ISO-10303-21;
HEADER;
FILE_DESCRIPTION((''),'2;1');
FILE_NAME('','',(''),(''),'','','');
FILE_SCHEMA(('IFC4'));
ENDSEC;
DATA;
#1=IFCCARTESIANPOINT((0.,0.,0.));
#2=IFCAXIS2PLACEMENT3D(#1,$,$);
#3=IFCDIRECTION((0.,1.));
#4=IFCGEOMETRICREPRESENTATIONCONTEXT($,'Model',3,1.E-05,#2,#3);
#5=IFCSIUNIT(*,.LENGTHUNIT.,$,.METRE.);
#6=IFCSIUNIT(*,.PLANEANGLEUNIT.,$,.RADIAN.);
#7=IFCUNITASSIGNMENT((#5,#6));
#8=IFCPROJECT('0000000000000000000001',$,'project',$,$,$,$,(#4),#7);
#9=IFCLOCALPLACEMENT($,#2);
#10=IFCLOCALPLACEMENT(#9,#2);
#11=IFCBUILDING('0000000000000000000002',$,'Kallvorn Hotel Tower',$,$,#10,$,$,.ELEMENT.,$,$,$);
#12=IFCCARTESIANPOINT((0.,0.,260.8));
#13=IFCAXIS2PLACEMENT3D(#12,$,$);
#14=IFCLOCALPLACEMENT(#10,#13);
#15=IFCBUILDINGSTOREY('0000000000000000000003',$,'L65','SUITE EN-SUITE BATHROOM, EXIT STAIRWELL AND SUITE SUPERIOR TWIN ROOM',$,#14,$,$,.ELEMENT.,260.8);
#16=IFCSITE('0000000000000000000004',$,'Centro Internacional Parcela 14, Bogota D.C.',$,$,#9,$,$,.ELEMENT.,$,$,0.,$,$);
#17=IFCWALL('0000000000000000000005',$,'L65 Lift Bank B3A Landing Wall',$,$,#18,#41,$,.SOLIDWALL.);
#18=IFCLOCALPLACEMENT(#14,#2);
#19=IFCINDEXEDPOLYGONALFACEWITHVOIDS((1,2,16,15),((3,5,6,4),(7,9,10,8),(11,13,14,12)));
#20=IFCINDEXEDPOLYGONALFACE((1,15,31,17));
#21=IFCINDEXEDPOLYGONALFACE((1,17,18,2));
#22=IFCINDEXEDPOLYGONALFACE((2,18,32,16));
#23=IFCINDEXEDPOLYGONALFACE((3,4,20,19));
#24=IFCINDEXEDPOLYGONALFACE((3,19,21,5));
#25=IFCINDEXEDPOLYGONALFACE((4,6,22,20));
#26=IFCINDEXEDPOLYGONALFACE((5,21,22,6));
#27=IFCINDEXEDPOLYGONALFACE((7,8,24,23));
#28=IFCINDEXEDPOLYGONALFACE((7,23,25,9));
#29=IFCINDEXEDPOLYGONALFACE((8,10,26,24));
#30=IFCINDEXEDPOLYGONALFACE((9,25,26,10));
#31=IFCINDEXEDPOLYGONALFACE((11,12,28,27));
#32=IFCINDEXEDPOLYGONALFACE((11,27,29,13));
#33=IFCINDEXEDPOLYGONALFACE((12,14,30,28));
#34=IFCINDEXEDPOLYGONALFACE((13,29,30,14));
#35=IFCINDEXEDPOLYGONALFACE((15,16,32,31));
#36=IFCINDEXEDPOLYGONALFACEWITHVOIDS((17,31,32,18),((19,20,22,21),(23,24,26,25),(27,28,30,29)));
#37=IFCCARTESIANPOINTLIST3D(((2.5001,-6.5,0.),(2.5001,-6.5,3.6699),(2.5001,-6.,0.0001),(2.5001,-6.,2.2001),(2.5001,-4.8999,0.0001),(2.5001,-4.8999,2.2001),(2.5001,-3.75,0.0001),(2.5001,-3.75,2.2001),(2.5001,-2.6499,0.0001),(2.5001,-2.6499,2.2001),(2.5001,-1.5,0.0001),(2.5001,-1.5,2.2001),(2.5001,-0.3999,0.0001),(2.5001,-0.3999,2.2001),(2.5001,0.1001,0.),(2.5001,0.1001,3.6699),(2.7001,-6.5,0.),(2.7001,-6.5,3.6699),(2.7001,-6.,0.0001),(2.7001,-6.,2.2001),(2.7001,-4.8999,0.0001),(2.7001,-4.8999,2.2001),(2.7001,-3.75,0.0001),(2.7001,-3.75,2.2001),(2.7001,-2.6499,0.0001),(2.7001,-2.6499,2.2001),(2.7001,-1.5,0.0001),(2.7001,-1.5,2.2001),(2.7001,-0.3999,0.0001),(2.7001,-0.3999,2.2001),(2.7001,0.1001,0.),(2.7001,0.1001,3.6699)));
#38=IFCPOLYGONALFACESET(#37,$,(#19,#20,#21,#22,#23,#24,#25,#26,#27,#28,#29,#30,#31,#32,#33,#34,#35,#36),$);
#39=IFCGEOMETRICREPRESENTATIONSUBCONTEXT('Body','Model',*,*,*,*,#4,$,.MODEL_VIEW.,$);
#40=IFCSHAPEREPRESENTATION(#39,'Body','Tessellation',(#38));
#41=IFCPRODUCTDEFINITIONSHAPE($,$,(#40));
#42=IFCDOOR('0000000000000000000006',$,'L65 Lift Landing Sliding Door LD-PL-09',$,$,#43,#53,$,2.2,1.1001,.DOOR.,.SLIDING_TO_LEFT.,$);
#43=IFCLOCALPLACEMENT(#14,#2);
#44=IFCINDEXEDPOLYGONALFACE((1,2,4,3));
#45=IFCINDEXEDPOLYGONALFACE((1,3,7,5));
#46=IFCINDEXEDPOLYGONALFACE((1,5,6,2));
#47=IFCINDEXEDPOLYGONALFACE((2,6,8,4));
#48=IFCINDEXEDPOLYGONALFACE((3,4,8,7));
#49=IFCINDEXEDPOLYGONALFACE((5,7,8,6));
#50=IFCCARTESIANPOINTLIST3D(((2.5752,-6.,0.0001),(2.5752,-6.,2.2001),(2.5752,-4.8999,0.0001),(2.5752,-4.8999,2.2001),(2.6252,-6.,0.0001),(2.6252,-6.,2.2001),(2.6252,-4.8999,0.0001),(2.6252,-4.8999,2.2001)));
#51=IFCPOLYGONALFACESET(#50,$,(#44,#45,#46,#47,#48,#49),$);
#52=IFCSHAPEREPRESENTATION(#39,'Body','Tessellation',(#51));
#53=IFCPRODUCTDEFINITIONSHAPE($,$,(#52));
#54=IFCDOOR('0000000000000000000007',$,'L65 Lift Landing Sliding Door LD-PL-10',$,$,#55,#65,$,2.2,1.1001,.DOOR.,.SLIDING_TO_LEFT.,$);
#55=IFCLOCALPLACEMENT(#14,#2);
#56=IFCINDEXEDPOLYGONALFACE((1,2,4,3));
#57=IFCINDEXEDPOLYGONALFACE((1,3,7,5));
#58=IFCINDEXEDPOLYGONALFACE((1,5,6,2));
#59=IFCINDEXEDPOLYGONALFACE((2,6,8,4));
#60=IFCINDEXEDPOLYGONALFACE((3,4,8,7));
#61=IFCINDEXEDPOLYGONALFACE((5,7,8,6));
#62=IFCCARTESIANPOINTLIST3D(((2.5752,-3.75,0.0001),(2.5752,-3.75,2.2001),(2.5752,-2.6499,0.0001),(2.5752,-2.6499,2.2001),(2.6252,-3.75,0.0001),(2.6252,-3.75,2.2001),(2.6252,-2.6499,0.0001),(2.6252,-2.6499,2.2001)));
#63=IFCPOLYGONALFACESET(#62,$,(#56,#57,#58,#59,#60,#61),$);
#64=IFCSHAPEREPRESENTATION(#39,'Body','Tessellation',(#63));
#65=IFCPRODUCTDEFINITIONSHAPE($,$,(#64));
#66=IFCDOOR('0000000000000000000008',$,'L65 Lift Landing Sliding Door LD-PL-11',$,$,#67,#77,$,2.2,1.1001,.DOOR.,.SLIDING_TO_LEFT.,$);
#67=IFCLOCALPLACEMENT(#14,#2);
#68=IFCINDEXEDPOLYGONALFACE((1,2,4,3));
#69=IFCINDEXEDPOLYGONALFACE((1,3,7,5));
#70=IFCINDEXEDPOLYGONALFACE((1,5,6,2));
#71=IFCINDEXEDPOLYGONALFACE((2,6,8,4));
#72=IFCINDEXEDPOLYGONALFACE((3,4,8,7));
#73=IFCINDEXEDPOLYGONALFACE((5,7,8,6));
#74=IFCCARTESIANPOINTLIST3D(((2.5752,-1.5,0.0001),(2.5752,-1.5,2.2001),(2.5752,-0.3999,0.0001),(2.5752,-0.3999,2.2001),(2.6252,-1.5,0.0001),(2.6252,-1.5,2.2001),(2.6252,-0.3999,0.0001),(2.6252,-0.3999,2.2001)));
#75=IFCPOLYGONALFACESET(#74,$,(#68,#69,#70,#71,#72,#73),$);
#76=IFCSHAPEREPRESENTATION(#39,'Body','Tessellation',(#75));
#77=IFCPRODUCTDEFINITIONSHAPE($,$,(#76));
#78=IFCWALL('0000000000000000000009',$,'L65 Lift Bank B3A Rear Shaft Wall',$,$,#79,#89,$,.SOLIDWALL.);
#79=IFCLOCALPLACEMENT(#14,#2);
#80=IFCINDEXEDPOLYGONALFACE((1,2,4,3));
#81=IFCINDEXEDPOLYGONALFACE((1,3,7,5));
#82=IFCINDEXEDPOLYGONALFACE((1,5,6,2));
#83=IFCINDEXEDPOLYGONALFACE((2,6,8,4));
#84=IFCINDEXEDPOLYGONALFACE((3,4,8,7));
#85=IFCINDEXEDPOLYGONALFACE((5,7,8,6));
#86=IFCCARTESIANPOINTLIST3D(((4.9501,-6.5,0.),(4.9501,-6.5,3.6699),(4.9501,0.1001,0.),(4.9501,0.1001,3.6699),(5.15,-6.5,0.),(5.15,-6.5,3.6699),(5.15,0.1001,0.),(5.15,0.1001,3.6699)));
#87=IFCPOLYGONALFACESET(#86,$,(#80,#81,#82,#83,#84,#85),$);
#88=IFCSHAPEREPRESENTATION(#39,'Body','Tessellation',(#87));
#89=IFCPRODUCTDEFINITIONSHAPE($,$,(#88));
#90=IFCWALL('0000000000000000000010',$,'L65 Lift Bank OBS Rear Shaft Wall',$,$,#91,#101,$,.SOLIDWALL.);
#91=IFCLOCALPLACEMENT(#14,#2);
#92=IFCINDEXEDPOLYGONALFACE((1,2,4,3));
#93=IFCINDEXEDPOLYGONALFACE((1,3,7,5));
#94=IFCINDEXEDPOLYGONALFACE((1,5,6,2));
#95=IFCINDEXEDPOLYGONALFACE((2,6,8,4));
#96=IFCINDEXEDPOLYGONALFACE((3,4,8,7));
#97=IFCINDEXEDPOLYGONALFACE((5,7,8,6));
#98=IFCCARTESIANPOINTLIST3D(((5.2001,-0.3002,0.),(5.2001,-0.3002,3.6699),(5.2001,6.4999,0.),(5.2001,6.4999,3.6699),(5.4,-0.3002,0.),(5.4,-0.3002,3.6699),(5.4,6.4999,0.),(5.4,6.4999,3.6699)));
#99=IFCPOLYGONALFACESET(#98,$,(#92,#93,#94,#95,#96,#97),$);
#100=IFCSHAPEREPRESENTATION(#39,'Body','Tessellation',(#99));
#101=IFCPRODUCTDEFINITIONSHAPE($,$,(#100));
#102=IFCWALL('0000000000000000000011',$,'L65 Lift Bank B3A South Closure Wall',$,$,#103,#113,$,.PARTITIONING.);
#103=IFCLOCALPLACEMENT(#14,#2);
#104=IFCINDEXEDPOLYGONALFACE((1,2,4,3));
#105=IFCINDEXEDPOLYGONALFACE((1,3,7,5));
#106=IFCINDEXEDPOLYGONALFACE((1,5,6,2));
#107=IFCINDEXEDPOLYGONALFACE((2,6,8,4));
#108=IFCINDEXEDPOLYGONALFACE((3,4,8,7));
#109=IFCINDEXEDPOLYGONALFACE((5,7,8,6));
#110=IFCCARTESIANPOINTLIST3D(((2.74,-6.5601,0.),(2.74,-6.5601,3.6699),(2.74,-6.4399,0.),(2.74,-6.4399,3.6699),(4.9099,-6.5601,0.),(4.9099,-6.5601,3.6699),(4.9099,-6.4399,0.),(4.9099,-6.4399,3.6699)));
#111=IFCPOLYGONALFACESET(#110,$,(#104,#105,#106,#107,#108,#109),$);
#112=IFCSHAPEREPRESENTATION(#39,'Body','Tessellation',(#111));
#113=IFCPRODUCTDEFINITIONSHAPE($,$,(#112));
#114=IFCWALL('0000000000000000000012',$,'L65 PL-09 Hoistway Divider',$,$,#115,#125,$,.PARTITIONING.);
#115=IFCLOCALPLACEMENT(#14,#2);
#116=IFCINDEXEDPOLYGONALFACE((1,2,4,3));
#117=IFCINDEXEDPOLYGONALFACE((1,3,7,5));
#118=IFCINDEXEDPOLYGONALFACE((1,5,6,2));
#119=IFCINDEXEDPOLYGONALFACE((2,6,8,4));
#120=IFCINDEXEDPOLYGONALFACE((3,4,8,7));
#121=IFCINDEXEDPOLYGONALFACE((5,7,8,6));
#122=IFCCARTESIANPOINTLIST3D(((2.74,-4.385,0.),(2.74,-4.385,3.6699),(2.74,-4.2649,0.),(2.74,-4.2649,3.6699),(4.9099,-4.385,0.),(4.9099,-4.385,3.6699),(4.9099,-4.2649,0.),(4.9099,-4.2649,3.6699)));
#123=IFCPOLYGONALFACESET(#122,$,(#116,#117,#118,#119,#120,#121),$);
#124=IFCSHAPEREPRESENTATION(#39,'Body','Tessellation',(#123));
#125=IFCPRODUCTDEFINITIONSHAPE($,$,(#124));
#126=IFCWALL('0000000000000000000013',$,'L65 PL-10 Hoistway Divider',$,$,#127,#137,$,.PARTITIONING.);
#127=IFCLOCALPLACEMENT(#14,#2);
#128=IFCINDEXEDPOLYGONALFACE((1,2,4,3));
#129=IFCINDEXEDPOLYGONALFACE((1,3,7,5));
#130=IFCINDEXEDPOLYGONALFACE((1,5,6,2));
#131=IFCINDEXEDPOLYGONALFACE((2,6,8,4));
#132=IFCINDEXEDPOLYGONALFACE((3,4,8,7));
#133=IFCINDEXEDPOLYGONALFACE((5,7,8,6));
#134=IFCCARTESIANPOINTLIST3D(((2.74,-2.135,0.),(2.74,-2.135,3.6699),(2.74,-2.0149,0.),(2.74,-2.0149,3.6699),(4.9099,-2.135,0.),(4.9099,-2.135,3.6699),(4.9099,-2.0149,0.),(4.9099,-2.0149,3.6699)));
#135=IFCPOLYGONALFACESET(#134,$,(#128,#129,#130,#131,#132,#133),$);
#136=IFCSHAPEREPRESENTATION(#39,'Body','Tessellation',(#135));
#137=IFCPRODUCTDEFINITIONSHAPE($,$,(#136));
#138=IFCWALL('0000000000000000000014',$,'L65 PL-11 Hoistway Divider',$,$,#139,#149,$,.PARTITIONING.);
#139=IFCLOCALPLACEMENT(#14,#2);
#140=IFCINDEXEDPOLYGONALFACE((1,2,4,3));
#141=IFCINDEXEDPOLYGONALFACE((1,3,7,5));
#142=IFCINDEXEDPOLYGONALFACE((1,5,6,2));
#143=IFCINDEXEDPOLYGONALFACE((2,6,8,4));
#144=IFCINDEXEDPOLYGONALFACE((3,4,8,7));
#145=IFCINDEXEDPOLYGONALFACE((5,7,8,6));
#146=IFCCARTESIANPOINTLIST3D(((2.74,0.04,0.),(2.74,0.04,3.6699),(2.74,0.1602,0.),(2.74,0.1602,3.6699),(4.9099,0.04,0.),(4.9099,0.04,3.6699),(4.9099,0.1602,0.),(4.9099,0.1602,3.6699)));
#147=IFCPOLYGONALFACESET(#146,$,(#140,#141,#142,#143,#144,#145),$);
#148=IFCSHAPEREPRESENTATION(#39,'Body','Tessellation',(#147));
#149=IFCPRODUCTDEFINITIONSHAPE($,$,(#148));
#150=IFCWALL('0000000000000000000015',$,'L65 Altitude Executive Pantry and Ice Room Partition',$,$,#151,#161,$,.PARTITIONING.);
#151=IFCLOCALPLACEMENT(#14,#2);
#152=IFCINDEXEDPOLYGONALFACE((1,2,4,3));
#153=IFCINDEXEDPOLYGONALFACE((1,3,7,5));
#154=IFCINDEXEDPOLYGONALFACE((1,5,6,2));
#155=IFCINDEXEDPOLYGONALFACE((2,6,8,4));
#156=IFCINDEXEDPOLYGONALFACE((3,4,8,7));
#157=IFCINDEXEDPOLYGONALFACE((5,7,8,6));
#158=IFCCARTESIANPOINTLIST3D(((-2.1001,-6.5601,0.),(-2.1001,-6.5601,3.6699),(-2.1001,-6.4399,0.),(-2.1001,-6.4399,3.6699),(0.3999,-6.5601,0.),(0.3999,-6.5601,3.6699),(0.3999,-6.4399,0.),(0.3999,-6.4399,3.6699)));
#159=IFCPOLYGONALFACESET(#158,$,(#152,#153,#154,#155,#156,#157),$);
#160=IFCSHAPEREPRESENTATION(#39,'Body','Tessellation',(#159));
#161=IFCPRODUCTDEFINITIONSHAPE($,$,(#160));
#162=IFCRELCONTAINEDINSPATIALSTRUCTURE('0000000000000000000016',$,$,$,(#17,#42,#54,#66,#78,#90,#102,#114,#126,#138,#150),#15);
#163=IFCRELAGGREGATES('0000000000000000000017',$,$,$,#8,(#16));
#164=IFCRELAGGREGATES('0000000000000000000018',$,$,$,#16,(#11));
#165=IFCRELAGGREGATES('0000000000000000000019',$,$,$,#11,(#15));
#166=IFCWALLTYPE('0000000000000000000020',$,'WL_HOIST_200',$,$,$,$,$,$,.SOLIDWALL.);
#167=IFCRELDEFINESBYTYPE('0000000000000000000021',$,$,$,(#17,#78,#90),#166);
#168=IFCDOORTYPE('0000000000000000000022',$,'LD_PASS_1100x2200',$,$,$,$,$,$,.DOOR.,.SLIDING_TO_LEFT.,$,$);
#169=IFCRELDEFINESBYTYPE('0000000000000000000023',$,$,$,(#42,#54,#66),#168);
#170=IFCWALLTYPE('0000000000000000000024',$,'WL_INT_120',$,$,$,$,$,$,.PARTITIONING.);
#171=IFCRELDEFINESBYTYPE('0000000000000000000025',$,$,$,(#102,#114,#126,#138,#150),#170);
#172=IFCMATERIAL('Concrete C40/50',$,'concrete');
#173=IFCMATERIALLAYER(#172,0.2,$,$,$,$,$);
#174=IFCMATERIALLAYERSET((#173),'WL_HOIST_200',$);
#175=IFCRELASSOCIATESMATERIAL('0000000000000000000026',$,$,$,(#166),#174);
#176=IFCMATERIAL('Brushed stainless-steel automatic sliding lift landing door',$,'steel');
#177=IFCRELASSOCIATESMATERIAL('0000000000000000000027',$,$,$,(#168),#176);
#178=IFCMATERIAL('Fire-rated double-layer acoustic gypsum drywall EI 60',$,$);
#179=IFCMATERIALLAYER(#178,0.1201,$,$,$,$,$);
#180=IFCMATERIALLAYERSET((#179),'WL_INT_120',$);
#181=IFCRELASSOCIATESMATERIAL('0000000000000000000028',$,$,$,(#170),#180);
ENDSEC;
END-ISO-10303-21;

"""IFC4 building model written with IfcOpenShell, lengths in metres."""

from ifc_helpers import new_model, si_unit, direction, frame, frame_2d, origin, place, context, subcontext, project, spatial, rectangle, extrude, material, layer, layer_set, type_object, element, fill, save


model = new_model("IFC4")

# Units and contexts
model_context = context("Model", 3, precision=1e-05, world=origin(), true_north=direction((0.0, 1.0)))
body_context = subcontext(model_context, "Body", "Model", "MODEL_VIEW")
ifc_project = project(units=[si_unit("LENGTHUNIT", "METRE"), si_unit("PLANEANGLEUNIT", "RADIAN")], contexts=[model_context])

# Site, building, storey
site_placement = place(None, origin())
site = spatial("IfcSite", under=ifc_project, at=site_placement, Name="Centro Internacional Parcela 14, Bogota D.C.", CompositionType="ELEMENT", RefElevation=0.0)
building_placement = place(site_placement, origin())
building = spatial("IfcBuilding", under=site, at=building_placement, Name="Kallvorn Hotel Tower", CompositionType="ELEMENT")
storey_placement = place(building_placement, frame((0.0, 0.0, 260.8)))
storey = spatial("IfcBuildingStorey", under=building, at=storey_placement, Name="L65", Description="SUITE EN-SUITE BATHROOM, EXIT STAIRWELL AND SUITE SUPERIOR TWIN ROOM", CompositionType="ELEMENT", Elevation=260.8)

# Wall, openings, doors
ifc_material_1 = material(Name="Concrete C40/50", Category="concrete")
ifc_layer_1 = layer(ifc_material_1, 0.2)
ifc_layer_set_1 = layer_set([ifc_layer_1], Name="WL_HOIST_200")
wall_type_1 = type_object("IfcWallType", Name="WL_HOIST_200", PredefinedType="SOLIDWALL", material=ifc_layer_set_1)
wall_1_placement = place(storey_placement, frame((2.6001, -6.5, 0.0), z_axis=(0.0, 0.0, 1.0), x_axis=(0.0, 1.0, 0.0)))
wall_1 = element("IfcWall", 1, at=wall_1_placement, inside=storey, type_object=wall_type_1, Name="L65 Lift Bank B3A Landing Wall", PredefinedType="SOLIDWALL", context=body_context, shape_type="SweptSolid", body=[
    extrude(rectangle(XDim=6.6001, YDim=0.2, at=frame_2d((3.3, 0.0))), origin(), (0.0, 0.0, 1.0), 3.6699),
])
opening_1_placement = place(wall_1_placement, frame((0.5, 0.0, 0.0)))
opening_1 = element("IfcOpeningElement", 2, at=opening_1_placement, cuts=wall_1, PredefinedType="OPENING", context=body_context, shape_type="SweptSolid", body=[
    extrude(rectangle(XDim=1.1001, YDim=2.2, at=frame_2d((0.55, 1.1001))), frame((0.0, 0.115, 0.0), z_axis=(0.0, -1.0, 0.0), x_axis=(1.0, 0.0, 0.0)), (0.0, 0.0, 1.0), 0.23),
])
opening_2_placement = place(wall_1_placement, frame((2.75, 0.0, 0.0)))
opening_2 = element("IfcOpeningElement", 3, at=opening_2_placement, cuts=wall_1, PredefinedType="OPENING", context=body_context, shape_type="SweptSolid", body=[
    extrude(rectangle(XDim=1.1001, YDim=2.2, at=frame_2d((0.55, 1.1001))), frame((0.0, 0.115, 0.0), z_axis=(0.0, -1.0, 0.0), x_axis=(1.0, 0.0, 0.0)), (0.0, 0.0, 1.0), 0.23),
])
opening_3_placement = place(wall_1_placement, frame((5.0, 0.0, 0.0)))
opening_3 = element("IfcOpeningElement", 4, at=opening_3_placement, cuts=wall_1, PredefinedType="OPENING", context=body_context, shape_type="SweptSolid", body=[
    extrude(rectangle(XDim=1.1001, YDim=2.2, at=frame_2d((0.55, 1.1001))), frame((0.0, 0.115, 0.0), z_axis=(0.0, -1.0, 0.0), x_axis=(1.0, 0.0, 0.0)), (0.0, 0.0, 1.0), 0.23),
])
ifc_material_2 = material(Name="Brushed stainless-steel automatic sliding lift landing door", Category="steel")
door_type_1 = type_object("IfcDoorType", Name="LD_PASS_1100x2200", OperationType="SLIDING_TO_LEFT", PredefinedType="DOOR", material=ifc_material_2)
door_1_placement = place(opening_1_placement, origin())
door_1 = element("IfcDoor", 5, at=door_1_placement, inside=storey, type_object=door_type_1, Name="L65 Lift Landing Sliding Door LD-PL-09", OperationType="SLIDING_TO_LEFT", OverallHeight=2.2, OverallWidth=1.1001, PredefinedType="DOOR", context=body_context, shape_type="SweptSolid", body=[
    extrude(rectangle(XDim=1.1001, YDim=2.2, at=frame_2d((0.55, 1.1001))), frame((0.0, 0.0249, 0.0), z_axis=(0.0, -1.0, 0.0), x_axis=(1.0, 0.0, 0.0)), (0.0, 0.0, 1.0), 0.05),
])
fill(opening_1, door_1)
door_2_placement = place(opening_2_placement, origin())
door_2 = element("IfcDoor", 6, at=door_2_placement, inside=storey, type_object=door_type_1, Name="L65 Lift Landing Sliding Door LD-PL-10", OperationType="SLIDING_TO_LEFT", OverallHeight=2.2, OverallWidth=1.1001, PredefinedType="DOOR", context=body_context, shape_type="SweptSolid", body=[
    extrude(rectangle(XDim=1.1001, YDim=2.2, at=frame_2d((0.55, 1.1001))), frame((0.0, 0.0249, 0.0), z_axis=(0.0, -1.0, 0.0), x_axis=(1.0, 0.0, 0.0)), (0.0, 0.0, 1.0), 0.05),
])
fill(opening_2, door_2)
door_3_placement = place(opening_3_placement, origin())
door_3 = element("IfcDoor", 7, at=door_3_placement, inside=storey, type_object=door_type_1, Name="L65 Lift Landing Sliding Door LD-PL-11", OperationType="SLIDING_TO_LEFT", OverallHeight=2.2, OverallWidth=1.1001, PredefinedType="DOOR", context=body_context, shape_type="SweptSolid", body=[
    extrude(rectangle(XDim=1.1001, YDim=2.2, at=frame_2d((0.55, 1.1001))), frame((0.0, 0.0249, 0.0), z_axis=(0.0, -1.0, 0.0), x_axis=(1.0, 0.0, 0.0)), (0.0, 0.0, 1.0), 0.05),
])
fill(opening_3, door_3)

# Walls
wall_2_placement = place(storey_placement, frame((5.05, -6.5, 0.0), z_axis=(0.0, 0.0, 1.0), x_axis=(0.0, 1.0, 0.0)))
element("IfcWall", 8, at=wall_2_placement, inside=storey, type_object=wall_type_1, Name="L65 Lift Bank B3A Rear Shaft Wall", PredefinedType="SOLIDWALL", context=body_context, shape_type="SweptSolid", body=[
    extrude(rectangle(XDim=6.6001, YDim=0.2, at=frame_2d((3.3, 0.0))), origin(), (0.0, 0.0, 1.0), 3.6699),
])
wall_3_placement = place(storey_placement, frame((5.3, -0.3, 0.0), z_axis=(0.0, 0.0, 1.0), x_axis=(0.0, 1.0, 0.0)))
element("IfcWall", 9, at=wall_3_placement, inside=storey, type_object=wall_type_1, Name="L65 Lift Bank OBS Rear Shaft Wall", PredefinedType="SOLIDWALL", context=body_context, shape_type="SweptSolid", body=[
    extrude(rectangle(XDim=6.8, YDim=0.2, at=frame_2d((3.3999, 0.0))), origin(), (0.0, 0.0, 1.0), 3.6699),
])
ifc_material_3 = material(Name="Fire-rated double-layer acoustic gypsum drywall EI 60")
ifc_layer_2 = layer(ifc_material_3, 0.1201)
ifc_layer_set_2 = layer_set([ifc_layer_2], Name="WL_INT_120")
wall_type_2 = type_object("IfcWallType", Name="WL_INT_120", PredefinedType="PARTITIONING", material=ifc_layer_set_2)
for number, where, z_axis, x_axis, name in (
    (10, (2.74, -6.5, 0.0), (0.0, 0.0, 1.0), (1.0, 0.0, 0.0), "L65 Lift Bank B3A South Closure Wall"),
    (11, (2.74, -4.325, 0.0), (0.0, 0.0, 1.0), (1.0, 0.0, 0.0), "L65 PL-09 Hoistway Divider"),
    (12, (2.74, -2.075, 0.0), (0.0, 0.0, 1.0), (1.0, 0.0, 0.0), "L65 PL-10 Hoistway Divider"),
    (13, (2.74, 0.1001, 0.0), (0.0, 0.0, 1.0), (1.0, 0.0, 0.0), "L65 PL-11 Hoistway Divider"),
):
    element("IfcWall", number, at=place(storey_placement, frame(where, z_axis=z_axis, x_axis=x_axis)), inside=storey, type_object=wall_type_2, Name=name, PredefinedType="PARTITIONING", context=body_context, shape_type="SweptSolid", body=[
        extrude(rectangle(XDim=2.1699, YDim=0.1201, at=frame_2d((1.085, 0.0))), origin(), (0.0, 0.0, 1.0), 3.6699),
    ])
wall_4_placement = place(storey_placement, frame((-2.1001, -6.5, 0.0), z_axis=(0.0, 0.0, 1.0), x_axis=(1.0, 0.0, 0.0)))
element("IfcWall", 14, at=wall_4_placement, inside=storey, type_object=wall_type_2, Name="L65 Altitude Executive Pantry and Ice Room Partition", PredefinedType="PARTITIONING", context=body_context, shape_type="SweptSolid", body=[
    extrude(rectangle(XDim=2.5, YDim=0.1201, at=frame_2d((1.25, 0.0))), origin(), (0.0, 0.0, 1.0), 3.6699),
])

save(model, "model.ifc")
